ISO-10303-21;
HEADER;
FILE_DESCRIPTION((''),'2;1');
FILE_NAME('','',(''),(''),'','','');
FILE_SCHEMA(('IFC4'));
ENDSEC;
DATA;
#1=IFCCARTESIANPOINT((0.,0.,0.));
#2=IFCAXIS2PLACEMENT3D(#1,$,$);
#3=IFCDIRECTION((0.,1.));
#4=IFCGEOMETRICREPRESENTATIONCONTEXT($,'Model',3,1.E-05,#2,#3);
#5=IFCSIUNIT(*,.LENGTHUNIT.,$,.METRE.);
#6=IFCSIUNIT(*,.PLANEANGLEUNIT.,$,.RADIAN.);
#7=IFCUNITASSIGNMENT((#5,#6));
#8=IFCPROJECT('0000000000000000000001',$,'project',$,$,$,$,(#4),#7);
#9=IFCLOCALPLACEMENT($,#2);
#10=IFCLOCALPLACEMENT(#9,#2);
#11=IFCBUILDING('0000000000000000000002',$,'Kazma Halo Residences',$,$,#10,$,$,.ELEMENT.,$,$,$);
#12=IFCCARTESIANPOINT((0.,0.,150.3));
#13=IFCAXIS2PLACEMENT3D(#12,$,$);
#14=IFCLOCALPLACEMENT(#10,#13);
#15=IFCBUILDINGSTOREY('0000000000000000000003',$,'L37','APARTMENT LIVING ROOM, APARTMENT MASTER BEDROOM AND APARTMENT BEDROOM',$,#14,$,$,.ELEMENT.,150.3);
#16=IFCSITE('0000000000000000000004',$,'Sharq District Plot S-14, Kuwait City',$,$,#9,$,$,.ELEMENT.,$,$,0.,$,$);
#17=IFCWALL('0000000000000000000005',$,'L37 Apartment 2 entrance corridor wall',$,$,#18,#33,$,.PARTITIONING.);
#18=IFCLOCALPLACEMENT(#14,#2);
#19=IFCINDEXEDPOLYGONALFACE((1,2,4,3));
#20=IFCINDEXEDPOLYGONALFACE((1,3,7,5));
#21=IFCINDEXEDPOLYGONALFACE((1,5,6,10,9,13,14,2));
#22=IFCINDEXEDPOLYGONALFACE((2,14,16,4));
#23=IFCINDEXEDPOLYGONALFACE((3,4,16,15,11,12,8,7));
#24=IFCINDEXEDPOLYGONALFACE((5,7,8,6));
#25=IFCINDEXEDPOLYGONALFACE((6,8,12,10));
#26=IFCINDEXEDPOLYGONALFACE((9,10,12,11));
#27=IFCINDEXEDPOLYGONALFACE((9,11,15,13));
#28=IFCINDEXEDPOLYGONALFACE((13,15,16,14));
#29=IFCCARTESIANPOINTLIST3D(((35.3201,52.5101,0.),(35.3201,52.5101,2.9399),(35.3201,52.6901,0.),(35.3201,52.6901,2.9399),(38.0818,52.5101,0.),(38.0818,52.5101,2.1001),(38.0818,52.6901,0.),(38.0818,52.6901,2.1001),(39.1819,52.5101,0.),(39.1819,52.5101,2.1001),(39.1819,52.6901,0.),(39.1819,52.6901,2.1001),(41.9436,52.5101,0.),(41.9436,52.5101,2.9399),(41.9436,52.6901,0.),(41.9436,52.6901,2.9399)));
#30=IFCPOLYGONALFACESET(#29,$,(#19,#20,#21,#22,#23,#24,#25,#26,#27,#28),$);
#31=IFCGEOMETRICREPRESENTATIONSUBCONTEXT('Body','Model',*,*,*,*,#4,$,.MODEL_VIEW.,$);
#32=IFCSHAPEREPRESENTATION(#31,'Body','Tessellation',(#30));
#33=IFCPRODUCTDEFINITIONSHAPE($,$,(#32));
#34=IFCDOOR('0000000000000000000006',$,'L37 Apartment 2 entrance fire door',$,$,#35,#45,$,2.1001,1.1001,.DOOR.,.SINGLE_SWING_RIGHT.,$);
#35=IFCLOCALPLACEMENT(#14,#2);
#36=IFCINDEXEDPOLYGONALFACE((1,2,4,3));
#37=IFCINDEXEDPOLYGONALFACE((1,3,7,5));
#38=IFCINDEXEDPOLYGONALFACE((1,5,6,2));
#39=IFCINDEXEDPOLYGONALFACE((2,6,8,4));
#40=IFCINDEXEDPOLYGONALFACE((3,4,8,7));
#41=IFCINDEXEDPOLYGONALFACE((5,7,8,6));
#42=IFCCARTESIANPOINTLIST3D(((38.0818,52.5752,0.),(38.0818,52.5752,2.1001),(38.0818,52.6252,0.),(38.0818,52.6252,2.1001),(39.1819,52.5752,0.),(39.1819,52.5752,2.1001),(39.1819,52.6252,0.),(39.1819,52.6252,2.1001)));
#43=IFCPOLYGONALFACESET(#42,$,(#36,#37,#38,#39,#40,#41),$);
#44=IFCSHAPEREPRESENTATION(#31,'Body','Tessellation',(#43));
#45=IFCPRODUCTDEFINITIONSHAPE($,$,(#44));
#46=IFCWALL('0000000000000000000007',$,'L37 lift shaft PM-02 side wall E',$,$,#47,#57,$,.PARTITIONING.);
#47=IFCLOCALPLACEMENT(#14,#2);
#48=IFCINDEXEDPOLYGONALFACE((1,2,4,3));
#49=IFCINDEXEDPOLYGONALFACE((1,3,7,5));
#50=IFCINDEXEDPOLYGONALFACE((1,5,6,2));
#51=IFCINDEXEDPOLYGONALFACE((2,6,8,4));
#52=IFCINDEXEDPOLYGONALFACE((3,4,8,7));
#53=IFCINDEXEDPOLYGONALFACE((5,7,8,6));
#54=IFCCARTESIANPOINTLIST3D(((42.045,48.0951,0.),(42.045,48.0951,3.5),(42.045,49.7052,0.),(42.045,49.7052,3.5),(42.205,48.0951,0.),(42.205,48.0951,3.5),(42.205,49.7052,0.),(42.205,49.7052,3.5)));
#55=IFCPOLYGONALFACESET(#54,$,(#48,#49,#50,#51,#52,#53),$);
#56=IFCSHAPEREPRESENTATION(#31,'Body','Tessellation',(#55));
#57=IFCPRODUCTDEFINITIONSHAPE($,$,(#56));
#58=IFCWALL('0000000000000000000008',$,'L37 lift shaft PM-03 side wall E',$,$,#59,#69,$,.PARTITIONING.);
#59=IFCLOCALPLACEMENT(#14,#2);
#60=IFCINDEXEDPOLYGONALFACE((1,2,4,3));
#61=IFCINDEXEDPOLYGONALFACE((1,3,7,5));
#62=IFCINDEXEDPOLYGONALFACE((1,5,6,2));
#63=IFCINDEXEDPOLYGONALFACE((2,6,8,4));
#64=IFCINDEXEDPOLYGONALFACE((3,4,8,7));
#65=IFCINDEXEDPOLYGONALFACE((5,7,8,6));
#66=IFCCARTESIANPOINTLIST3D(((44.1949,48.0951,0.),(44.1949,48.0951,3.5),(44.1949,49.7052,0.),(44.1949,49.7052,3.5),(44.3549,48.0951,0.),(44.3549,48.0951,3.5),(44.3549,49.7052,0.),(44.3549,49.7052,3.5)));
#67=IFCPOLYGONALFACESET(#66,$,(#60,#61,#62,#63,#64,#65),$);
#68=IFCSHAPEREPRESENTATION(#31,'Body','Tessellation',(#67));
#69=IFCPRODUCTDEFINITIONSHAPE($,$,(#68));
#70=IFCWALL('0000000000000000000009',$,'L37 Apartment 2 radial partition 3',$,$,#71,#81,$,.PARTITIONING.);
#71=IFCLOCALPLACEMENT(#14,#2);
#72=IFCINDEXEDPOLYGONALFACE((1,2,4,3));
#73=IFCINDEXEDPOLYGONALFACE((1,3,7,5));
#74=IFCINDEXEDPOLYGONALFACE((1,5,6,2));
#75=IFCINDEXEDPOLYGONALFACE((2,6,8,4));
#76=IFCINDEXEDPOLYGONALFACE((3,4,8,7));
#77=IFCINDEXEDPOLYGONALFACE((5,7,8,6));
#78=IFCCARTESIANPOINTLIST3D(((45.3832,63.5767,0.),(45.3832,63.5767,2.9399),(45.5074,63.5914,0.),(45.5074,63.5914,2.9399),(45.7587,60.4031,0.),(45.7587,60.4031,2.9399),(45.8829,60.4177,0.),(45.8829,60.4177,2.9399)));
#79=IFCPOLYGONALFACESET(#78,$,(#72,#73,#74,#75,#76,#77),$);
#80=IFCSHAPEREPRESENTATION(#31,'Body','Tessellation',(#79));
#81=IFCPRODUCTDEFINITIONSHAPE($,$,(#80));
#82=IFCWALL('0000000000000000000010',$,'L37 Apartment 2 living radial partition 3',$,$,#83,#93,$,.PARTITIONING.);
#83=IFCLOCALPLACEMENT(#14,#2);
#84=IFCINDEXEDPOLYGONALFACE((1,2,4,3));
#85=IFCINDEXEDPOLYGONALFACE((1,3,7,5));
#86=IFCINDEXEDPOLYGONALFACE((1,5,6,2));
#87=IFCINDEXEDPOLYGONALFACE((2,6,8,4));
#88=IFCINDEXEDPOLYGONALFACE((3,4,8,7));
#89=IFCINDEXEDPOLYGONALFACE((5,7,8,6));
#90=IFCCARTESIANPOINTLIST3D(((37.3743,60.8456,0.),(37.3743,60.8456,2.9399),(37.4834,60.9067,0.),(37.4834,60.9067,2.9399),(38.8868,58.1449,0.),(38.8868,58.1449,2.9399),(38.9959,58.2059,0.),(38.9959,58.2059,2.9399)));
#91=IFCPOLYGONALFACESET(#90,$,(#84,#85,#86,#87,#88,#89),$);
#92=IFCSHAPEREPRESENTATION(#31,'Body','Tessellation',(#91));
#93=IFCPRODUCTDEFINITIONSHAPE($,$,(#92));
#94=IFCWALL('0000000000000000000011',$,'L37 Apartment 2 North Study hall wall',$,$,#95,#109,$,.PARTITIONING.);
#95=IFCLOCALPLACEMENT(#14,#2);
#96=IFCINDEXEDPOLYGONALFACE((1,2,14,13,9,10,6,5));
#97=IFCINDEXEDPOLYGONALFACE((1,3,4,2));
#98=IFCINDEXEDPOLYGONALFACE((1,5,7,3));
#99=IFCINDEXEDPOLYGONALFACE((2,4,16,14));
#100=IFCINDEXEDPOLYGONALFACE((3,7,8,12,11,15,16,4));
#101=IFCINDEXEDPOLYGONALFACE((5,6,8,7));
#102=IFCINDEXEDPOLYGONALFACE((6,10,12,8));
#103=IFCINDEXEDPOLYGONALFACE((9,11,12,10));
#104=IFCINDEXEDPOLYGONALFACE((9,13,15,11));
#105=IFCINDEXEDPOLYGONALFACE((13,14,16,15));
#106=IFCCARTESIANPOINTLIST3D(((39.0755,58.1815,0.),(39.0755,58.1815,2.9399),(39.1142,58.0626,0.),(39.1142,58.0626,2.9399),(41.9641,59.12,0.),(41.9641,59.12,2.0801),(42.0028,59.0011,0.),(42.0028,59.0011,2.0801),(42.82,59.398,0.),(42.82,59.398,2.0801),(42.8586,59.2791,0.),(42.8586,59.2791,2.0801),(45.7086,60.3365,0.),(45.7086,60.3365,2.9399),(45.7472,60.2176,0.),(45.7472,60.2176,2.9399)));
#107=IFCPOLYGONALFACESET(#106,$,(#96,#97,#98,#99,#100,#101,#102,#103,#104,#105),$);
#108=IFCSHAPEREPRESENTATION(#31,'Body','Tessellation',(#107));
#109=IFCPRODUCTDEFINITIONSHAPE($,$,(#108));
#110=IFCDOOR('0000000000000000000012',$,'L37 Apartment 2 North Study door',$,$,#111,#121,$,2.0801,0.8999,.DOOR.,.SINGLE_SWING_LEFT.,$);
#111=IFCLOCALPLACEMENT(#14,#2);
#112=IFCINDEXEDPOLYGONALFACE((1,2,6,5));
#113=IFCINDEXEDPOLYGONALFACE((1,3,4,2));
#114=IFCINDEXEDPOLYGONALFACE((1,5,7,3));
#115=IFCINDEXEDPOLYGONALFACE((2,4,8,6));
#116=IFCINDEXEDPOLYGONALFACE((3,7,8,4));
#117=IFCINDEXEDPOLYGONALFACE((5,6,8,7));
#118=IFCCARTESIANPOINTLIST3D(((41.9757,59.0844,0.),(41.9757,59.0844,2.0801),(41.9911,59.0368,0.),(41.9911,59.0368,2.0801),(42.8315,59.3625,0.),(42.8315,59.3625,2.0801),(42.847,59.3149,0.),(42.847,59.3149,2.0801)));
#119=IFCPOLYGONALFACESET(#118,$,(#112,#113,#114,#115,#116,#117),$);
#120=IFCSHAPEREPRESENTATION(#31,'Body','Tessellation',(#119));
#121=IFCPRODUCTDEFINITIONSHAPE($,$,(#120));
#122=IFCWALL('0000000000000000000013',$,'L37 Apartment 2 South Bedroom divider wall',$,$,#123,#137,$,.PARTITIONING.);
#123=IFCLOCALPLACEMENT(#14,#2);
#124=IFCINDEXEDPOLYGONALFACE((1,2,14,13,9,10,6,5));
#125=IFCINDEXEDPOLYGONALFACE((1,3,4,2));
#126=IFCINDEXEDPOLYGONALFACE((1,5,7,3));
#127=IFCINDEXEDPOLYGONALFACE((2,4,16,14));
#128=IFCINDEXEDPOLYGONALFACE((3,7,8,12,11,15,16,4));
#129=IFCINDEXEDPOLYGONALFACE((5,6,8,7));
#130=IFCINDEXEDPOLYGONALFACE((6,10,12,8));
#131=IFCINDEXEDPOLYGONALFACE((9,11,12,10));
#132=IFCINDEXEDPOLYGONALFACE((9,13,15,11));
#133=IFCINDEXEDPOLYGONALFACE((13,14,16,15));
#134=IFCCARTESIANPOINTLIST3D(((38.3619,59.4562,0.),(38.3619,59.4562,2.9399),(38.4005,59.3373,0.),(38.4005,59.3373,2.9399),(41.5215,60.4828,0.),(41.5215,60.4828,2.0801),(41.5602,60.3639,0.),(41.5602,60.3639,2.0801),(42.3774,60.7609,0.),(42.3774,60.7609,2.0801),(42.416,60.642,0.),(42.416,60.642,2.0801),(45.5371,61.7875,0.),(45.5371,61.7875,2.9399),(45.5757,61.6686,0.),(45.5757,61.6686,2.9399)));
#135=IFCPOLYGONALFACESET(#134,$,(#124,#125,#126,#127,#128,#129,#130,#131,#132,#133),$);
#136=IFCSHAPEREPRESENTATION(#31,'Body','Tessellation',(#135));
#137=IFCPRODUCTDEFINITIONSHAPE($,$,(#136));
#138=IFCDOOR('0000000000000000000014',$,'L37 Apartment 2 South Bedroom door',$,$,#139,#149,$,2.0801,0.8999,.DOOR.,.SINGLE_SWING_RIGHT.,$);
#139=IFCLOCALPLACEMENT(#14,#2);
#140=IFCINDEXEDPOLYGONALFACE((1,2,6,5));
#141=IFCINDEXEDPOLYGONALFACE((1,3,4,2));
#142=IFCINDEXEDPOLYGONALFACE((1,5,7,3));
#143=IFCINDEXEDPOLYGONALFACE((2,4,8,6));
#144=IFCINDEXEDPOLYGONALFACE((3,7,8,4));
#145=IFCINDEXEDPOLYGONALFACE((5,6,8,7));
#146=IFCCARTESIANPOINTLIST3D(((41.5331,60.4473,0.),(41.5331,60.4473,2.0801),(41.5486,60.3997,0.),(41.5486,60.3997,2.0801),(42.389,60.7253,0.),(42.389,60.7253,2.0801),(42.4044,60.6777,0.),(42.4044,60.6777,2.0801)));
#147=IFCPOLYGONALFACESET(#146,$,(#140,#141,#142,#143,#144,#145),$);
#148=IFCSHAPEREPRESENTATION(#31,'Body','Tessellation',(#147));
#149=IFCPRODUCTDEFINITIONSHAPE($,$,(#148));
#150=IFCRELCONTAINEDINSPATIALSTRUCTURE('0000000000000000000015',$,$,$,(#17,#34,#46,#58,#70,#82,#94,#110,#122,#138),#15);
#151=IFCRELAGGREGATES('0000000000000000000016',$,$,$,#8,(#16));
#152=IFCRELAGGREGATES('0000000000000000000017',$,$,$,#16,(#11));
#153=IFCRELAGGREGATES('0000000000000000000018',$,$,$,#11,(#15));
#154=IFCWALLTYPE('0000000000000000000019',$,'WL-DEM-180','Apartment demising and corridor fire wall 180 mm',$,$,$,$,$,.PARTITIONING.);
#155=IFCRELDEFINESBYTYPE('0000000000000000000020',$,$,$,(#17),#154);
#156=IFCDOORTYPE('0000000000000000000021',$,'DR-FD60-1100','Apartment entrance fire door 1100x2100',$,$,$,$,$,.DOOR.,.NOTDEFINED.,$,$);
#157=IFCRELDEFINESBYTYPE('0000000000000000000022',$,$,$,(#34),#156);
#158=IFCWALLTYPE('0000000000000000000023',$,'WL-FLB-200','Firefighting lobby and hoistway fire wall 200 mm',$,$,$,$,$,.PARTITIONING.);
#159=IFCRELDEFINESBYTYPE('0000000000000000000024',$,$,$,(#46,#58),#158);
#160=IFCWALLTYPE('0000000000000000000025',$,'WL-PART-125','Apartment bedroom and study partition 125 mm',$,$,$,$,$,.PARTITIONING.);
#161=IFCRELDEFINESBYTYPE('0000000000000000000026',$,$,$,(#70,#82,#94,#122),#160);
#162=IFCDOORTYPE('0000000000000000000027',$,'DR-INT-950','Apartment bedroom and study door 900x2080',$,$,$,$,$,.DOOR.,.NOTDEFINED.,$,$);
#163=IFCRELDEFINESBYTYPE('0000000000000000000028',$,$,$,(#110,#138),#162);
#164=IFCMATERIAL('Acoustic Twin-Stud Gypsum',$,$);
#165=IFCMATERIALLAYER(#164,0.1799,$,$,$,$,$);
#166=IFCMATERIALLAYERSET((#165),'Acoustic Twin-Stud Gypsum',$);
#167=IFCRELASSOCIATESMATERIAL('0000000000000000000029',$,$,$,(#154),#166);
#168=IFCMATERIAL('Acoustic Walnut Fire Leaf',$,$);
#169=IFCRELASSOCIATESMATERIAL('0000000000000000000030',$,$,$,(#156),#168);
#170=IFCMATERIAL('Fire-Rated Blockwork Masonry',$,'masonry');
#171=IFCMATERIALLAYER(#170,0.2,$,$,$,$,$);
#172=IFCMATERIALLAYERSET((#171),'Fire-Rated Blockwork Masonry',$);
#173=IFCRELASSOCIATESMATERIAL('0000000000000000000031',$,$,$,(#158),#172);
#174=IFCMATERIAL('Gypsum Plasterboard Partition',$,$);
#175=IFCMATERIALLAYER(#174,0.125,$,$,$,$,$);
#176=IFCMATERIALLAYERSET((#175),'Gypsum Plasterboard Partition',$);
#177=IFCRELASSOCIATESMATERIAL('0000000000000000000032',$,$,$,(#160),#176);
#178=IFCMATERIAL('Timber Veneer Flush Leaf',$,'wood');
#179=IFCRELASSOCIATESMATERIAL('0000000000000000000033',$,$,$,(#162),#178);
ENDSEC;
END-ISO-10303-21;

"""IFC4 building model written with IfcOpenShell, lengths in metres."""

from ifc_helpers import new_model, si_unit, direction, frame, frame_2d, origin, place, context, subcontext, project, spatial, rectangle, extrude, material, layer, layer_set, type_object, element, fill, save


model = new_model("IFC4")

# Units and contexts
model_context = context("Model", 3, precision=1e-05, world=origin(), true_north=direction((0.0, 1.0)))
body_context = subcontext(model_context, "Body", "Model", "MODEL_VIEW")
ifc_project = project(units=[si_unit("LENGTHUNIT", "METRE"), si_unit("PLANEANGLEUNIT", "RADIAN")], contexts=[model_context])

# Site, building, storey
site_placement = place(None, origin())
site = spatial("IfcSite", under=ifc_project, at=site_placement, Name="Sharq District Plot S-14, Kuwait City", CompositionType="ELEMENT", RefElevation=0.0)
building_placement = place(site_placement, origin())
building = spatial("IfcBuilding", under=site, at=building_placement, Name="Kazma Halo Residences", CompositionType="ELEMENT")
storey_placement = place(building_placement, frame((0.0, 0.0, 150.3)))
storey = spatial("IfcBuildingStorey", under=building, at=storey_placement, Name="L37", Description="APARTMENT LIVING ROOM, APARTMENT MASTER BEDROOM AND APARTMENT BEDROOM", CompositionType="ELEMENT", Elevation=150.3)

# Wall, opening, door
ifc_material_1 = material(Name="Acoustic Twin-Stud Gypsum")
ifc_layer_1 = layer(ifc_material_1, 0.1799)
ifc_layer_set_1 = layer_set([ifc_layer_1], Name="Acoustic Twin-Stud Gypsum")
wall_type_1 = type_object("IfcWallType", Name="WL-DEM-180", Description="Apartment demising and corridor fire wall 180 mm", PredefinedType="PARTITIONING", material=ifc_layer_set_1)
wall_1_placement = place(storey_placement, frame((41.9436, 52.6001, 0.0), z_axis=(0.0, 0.0, 1.0), x_axis=(-1.0, 0.0, 0.0)))
wall_1 = element("IfcWall", 1, at=wall_1_placement, inside=storey, type_object=wall_type_1, Name="L37 Apartment 2 entrance corridor wall", PredefinedType="PARTITIONING", context=body_context, shape_type="SweptSolid", body=[
    extrude(rectangle(XDim=6.6235, YDim=0.1799, at=frame_2d((3.3118, 0.0))), origin(), (0.0, 0.0, 1.0), 2.9399),
])
opening_1_placement = place(wall_1_placement, frame((2.7617, 0.0, 0.0)))
opening_1 = element("IfcOpeningElement", 2, at=opening_1_placement, cuts=wall_1, PredefinedType="OPENING", context=body_context, shape_type="SweptSolid", body=[
    extrude(rectangle(XDim=1.1001, YDim=2.1001, at=frame_2d((0.55, 1.05))), frame((0.0, 0.0999, 0.0), z_axis=(0.0, -1.0, 0.0), x_axis=(1.0, 0.0, 0.0)), (0.0, 0.0, 1.0), 0.2),
])
ifc_material_2 = material(Name="Acoustic Walnut Fire Leaf")
door_type_1 = type_object("IfcDoorType", Name="DR-FD60-1100", Description="Apartment entrance fire door 1100x2100", OperationType="NOTDEFINED", PredefinedType="DOOR", material=ifc_material_2)
door_1_placement = place(opening_1_placement, origin())
door_1 = element("IfcDoor", 3, at=door_1_placement, inside=storey, type_object=door_type_1, Name="L37 Apartment 2 entrance fire door", OperationType="SINGLE_SWING_RIGHT", OverallHeight=2.1001, OverallWidth=1.1001, PredefinedType="DOOR", context=body_context, shape_type="SweptSolid", body=[
    extrude(rectangle(XDim=1.1001, YDim=2.1001, at=frame_2d((0.55, 1.05))), frame((0.0, 0.0249, 0.0), z_axis=(0.0, -1.0, 0.0), x_axis=(1.0, 0.0, 0.0)), (0.0, 0.0, 1.0), 0.05),
])
fill(opening_1, door_1)

# Walls
ifc_material_3 = material(Name="Fire-Rated Blockwork Masonry", Category="masonry")
ifc_layer_2 = layer(ifc_material_3, 0.2)
ifc_layer_set_2 = layer_set([ifc_layer_2], Name="Fire-Rated Blockwork Masonry")
wall_type_2 = type_object("IfcWallType", Name="WL-FLB-200", Description="Firefighting lobby and hoistway fire wall 200 mm", PredefinedType="PARTITIONING", material=ifc_layer_set_2)
for number, where, z_axis, x_axis, name in (
    (4, (42.125, 48.095, 0.0), (0.0, 0.0, 1.0), (0.0, 1.0, 0.0), "L37 lift shaft PM-02 side wall E"),
    (5, (44.2749, 48.095, 0.0), (0.0, 0.0, 1.0), (0.0, 1.0, 0.0), "L37 lift shaft PM-03 side wall E"),
):
    element("IfcWall", number, at=place(storey_placement, frame(where, z_axis=z_axis, x_axis=x_axis)), inside=storey, type_object=wall_type_2, Name=name, PredefinedType="PARTITIONING", context=body_context, shape_type="SweptSolid", body=[
        extrude(rectangle(XDim=1.6101, YDim=0.1599, at=frame_2d((0.8052, 0.0))), origin(), (0.0, 0.0, 1.0), 3.5),
    ])
ifc_material_4 = material(Name="Gypsum Plasterboard Partition")
ifc_layer_3 = layer(ifc_material_4, 0.125)
ifc_layer_set_3 = layer_set([ifc_layer_3], Name="Gypsum Plasterboard Partition")
wall_type_3 = type_object("IfcWallType", Name="WL-PART-125", Description="Apartment bedroom and study partition 125 mm", PredefinedType="PARTITIONING", material=ifc_layer_set_3)
wall_2_placement = place(storey_placement, frame((45.8208, 60.4104, 0.0), z_axis=(0.0, 0.0, 1.0), x_axis=(-0.117497, 0.993073, 0.0)))
element("IfcWall", 6, at=wall_2_placement, inside=storey, type_object=wall_type_3, Name="L37 Apartment 2 radial partition 3", PredefinedType="PARTITIONING", context=body_context, shape_type="SweptSolid", body=[
    extrude(rectangle(XDim=3.1958, YDim=0.125, at=frame_2d((1.5979, 0.0))), origin(), (0.0, 0.0, 1.0), 2.9399),
])
wall_3_placement = place(storey_placement, frame((38.9414, 58.1753, 0.0), z_axis=(0.0, 0.0, 1.0), x_axis=(-0.48862, 0.872497, 0.0)))
element("IfcWall", 7, at=wall_3_placement, inside=storey, type_object=wall_type_3, Name="L37 Apartment 2 living radial partition 3", PredefinedType="PARTITIONING", context=body_context, shape_type="SweptSolid", body=[
    extrude(rectangle(XDim=3.0955, YDim=0.125, at=frame_2d((1.5479, 0.0))), origin(), (0.0, 0.0, 1.0), 2.9399),
])

# Walls, openings, doors
wall_4_placement = place(storey_placement, frame((45.728, 60.2771, 0.0), z_axis=(0.0, 0.0, 1.0), x_axis=(-0.951064, -0.308993, 0.0)))
wall_4 = element("IfcWall", 8, at=wall_4_placement, inside=storey, type_object=wall_type_3, Name="L37 Apartment 2 North Study hall wall", PredefinedType="PARTITIONING", context=body_context, shape_type="SweptSolid", body=[
    extrude(rectangle(XDim=6.9744, YDim=0.125, at=frame_2d((3.4873, 0.0))), origin(), (0.0, 0.0, 1.0), 2.9399),
])
opening_2_placement = place(wall_4_placement, frame((3.0374, 0.0, 0.0)))
opening_2 = element("IfcOpeningElement", 9, at=opening_2_placement, cuts=wall_4, PredefinedType="OPENING", context=body_context, shape_type="SweptSolid", body=[
    extrude(rectangle(XDim=0.8999, YDim=2.0801, at=frame_2d((0.45, 1.04))), frame((0.0, 0.0725, 0.0), z_axis=(0.0, -1.0, 0.0), x_axis=(1.0, 0.0, 0.0)), (0.0, 0.0, 1.0), 0.145),
])
ifc_material_5 = material(Name="Timber Veneer Flush Leaf", Category="wood")
door_type_2 = type_object("IfcDoorType", Name="DR-INT-950", Description="Apartment bedroom and study door 900x2080", OperationType="NOTDEFINED", PredefinedType="DOOR", material=ifc_material_5)
door_2_placement = place(opening_2_placement, origin())
door_2 = element("IfcDoor", 10, at=door_2_placement, inside=storey, type_object=door_type_2, Name="L37 Apartment 2 North Study door", OperationType="SINGLE_SWING_LEFT", OverallHeight=2.0801, OverallWidth=0.8999, PredefinedType="DOOR", context=body_context, shape_type="SweptSolid", body=[
    extrude(rectangle(XDim=0.8999, YDim=2.0801, at=frame_2d((0.45, 1.04))), frame((0.0, 0.0249, 0.0), z_axis=(0.0, -1.0, 0.0), x_axis=(1.0, 0.0, 0.0)), (0.0, 0.0, 1.0), 0.05),
])
fill(opening_2, door_2)
wall_5_placement = place(storey_placement, frame((45.5564, 61.728, 0.0), z_axis=(0.0, 0.0, 1.0), x_axis=(-0.95106, -0.309006, 0.0)))
wall_5 = element("IfcWall", 11, at=wall_5_placement, inside=storey, type_object=wall_type_3, Name="L37 Apartment 2 South Bedroom divider wall", PredefinedType="PARTITIONING", context=body_context, shape_type="SweptSolid", body=[
    extrude(rectangle(XDim=7.5444, YDim=0.125, at=frame_2d((3.7722, 0.0))), origin(), (0.0, 0.0, 1.0), 2.9399),
])
opening_3_placement = place(wall_5_placement, frame((3.3223, 0.0, 0.0)))
opening_3 = element("IfcOpeningElement", 12, at=opening_3_placement, cuts=wall_5, PredefinedType="OPENING", context=body_context, shape_type="SweptSolid", body=[
    extrude(rectangle(XDim=0.8999, YDim=2.0801, at=frame_2d((0.45, 1.04))), frame((0.0, 0.0725, 0.0), z_axis=(0.0, -1.0, 0.0), x_axis=(1.0, 0.0, 0.0)), (0.0, 0.0, 1.0), 0.145),
])
door_3_placement = place(opening_3_placement, origin())
door_3 = element("IfcDoor", 13, at=door_3_placement, inside=storey, type_object=door_type_2, Name="L37 Apartment 2 South Bedroom door", OperationType="SINGLE_SWING_RIGHT", OverallHeight=2.0801, OverallWidth=0.8999, PredefinedType="DOOR", context=body_context, shape_type="SweptSolid", body=[
    extrude(rectangle(XDim=0.8999, YDim=2.0801, at=frame_2d((0.45, 1.04))), frame((0.0, 0.0249, 0.0), z_axis=(0.0, -1.0, 0.0), x_axis=(1.0, 0.0, 0.0)), (0.0, 0.0, 1.0), 0.05),
])
fill(opening_3, door_3)

save(model, "model.ifc")
